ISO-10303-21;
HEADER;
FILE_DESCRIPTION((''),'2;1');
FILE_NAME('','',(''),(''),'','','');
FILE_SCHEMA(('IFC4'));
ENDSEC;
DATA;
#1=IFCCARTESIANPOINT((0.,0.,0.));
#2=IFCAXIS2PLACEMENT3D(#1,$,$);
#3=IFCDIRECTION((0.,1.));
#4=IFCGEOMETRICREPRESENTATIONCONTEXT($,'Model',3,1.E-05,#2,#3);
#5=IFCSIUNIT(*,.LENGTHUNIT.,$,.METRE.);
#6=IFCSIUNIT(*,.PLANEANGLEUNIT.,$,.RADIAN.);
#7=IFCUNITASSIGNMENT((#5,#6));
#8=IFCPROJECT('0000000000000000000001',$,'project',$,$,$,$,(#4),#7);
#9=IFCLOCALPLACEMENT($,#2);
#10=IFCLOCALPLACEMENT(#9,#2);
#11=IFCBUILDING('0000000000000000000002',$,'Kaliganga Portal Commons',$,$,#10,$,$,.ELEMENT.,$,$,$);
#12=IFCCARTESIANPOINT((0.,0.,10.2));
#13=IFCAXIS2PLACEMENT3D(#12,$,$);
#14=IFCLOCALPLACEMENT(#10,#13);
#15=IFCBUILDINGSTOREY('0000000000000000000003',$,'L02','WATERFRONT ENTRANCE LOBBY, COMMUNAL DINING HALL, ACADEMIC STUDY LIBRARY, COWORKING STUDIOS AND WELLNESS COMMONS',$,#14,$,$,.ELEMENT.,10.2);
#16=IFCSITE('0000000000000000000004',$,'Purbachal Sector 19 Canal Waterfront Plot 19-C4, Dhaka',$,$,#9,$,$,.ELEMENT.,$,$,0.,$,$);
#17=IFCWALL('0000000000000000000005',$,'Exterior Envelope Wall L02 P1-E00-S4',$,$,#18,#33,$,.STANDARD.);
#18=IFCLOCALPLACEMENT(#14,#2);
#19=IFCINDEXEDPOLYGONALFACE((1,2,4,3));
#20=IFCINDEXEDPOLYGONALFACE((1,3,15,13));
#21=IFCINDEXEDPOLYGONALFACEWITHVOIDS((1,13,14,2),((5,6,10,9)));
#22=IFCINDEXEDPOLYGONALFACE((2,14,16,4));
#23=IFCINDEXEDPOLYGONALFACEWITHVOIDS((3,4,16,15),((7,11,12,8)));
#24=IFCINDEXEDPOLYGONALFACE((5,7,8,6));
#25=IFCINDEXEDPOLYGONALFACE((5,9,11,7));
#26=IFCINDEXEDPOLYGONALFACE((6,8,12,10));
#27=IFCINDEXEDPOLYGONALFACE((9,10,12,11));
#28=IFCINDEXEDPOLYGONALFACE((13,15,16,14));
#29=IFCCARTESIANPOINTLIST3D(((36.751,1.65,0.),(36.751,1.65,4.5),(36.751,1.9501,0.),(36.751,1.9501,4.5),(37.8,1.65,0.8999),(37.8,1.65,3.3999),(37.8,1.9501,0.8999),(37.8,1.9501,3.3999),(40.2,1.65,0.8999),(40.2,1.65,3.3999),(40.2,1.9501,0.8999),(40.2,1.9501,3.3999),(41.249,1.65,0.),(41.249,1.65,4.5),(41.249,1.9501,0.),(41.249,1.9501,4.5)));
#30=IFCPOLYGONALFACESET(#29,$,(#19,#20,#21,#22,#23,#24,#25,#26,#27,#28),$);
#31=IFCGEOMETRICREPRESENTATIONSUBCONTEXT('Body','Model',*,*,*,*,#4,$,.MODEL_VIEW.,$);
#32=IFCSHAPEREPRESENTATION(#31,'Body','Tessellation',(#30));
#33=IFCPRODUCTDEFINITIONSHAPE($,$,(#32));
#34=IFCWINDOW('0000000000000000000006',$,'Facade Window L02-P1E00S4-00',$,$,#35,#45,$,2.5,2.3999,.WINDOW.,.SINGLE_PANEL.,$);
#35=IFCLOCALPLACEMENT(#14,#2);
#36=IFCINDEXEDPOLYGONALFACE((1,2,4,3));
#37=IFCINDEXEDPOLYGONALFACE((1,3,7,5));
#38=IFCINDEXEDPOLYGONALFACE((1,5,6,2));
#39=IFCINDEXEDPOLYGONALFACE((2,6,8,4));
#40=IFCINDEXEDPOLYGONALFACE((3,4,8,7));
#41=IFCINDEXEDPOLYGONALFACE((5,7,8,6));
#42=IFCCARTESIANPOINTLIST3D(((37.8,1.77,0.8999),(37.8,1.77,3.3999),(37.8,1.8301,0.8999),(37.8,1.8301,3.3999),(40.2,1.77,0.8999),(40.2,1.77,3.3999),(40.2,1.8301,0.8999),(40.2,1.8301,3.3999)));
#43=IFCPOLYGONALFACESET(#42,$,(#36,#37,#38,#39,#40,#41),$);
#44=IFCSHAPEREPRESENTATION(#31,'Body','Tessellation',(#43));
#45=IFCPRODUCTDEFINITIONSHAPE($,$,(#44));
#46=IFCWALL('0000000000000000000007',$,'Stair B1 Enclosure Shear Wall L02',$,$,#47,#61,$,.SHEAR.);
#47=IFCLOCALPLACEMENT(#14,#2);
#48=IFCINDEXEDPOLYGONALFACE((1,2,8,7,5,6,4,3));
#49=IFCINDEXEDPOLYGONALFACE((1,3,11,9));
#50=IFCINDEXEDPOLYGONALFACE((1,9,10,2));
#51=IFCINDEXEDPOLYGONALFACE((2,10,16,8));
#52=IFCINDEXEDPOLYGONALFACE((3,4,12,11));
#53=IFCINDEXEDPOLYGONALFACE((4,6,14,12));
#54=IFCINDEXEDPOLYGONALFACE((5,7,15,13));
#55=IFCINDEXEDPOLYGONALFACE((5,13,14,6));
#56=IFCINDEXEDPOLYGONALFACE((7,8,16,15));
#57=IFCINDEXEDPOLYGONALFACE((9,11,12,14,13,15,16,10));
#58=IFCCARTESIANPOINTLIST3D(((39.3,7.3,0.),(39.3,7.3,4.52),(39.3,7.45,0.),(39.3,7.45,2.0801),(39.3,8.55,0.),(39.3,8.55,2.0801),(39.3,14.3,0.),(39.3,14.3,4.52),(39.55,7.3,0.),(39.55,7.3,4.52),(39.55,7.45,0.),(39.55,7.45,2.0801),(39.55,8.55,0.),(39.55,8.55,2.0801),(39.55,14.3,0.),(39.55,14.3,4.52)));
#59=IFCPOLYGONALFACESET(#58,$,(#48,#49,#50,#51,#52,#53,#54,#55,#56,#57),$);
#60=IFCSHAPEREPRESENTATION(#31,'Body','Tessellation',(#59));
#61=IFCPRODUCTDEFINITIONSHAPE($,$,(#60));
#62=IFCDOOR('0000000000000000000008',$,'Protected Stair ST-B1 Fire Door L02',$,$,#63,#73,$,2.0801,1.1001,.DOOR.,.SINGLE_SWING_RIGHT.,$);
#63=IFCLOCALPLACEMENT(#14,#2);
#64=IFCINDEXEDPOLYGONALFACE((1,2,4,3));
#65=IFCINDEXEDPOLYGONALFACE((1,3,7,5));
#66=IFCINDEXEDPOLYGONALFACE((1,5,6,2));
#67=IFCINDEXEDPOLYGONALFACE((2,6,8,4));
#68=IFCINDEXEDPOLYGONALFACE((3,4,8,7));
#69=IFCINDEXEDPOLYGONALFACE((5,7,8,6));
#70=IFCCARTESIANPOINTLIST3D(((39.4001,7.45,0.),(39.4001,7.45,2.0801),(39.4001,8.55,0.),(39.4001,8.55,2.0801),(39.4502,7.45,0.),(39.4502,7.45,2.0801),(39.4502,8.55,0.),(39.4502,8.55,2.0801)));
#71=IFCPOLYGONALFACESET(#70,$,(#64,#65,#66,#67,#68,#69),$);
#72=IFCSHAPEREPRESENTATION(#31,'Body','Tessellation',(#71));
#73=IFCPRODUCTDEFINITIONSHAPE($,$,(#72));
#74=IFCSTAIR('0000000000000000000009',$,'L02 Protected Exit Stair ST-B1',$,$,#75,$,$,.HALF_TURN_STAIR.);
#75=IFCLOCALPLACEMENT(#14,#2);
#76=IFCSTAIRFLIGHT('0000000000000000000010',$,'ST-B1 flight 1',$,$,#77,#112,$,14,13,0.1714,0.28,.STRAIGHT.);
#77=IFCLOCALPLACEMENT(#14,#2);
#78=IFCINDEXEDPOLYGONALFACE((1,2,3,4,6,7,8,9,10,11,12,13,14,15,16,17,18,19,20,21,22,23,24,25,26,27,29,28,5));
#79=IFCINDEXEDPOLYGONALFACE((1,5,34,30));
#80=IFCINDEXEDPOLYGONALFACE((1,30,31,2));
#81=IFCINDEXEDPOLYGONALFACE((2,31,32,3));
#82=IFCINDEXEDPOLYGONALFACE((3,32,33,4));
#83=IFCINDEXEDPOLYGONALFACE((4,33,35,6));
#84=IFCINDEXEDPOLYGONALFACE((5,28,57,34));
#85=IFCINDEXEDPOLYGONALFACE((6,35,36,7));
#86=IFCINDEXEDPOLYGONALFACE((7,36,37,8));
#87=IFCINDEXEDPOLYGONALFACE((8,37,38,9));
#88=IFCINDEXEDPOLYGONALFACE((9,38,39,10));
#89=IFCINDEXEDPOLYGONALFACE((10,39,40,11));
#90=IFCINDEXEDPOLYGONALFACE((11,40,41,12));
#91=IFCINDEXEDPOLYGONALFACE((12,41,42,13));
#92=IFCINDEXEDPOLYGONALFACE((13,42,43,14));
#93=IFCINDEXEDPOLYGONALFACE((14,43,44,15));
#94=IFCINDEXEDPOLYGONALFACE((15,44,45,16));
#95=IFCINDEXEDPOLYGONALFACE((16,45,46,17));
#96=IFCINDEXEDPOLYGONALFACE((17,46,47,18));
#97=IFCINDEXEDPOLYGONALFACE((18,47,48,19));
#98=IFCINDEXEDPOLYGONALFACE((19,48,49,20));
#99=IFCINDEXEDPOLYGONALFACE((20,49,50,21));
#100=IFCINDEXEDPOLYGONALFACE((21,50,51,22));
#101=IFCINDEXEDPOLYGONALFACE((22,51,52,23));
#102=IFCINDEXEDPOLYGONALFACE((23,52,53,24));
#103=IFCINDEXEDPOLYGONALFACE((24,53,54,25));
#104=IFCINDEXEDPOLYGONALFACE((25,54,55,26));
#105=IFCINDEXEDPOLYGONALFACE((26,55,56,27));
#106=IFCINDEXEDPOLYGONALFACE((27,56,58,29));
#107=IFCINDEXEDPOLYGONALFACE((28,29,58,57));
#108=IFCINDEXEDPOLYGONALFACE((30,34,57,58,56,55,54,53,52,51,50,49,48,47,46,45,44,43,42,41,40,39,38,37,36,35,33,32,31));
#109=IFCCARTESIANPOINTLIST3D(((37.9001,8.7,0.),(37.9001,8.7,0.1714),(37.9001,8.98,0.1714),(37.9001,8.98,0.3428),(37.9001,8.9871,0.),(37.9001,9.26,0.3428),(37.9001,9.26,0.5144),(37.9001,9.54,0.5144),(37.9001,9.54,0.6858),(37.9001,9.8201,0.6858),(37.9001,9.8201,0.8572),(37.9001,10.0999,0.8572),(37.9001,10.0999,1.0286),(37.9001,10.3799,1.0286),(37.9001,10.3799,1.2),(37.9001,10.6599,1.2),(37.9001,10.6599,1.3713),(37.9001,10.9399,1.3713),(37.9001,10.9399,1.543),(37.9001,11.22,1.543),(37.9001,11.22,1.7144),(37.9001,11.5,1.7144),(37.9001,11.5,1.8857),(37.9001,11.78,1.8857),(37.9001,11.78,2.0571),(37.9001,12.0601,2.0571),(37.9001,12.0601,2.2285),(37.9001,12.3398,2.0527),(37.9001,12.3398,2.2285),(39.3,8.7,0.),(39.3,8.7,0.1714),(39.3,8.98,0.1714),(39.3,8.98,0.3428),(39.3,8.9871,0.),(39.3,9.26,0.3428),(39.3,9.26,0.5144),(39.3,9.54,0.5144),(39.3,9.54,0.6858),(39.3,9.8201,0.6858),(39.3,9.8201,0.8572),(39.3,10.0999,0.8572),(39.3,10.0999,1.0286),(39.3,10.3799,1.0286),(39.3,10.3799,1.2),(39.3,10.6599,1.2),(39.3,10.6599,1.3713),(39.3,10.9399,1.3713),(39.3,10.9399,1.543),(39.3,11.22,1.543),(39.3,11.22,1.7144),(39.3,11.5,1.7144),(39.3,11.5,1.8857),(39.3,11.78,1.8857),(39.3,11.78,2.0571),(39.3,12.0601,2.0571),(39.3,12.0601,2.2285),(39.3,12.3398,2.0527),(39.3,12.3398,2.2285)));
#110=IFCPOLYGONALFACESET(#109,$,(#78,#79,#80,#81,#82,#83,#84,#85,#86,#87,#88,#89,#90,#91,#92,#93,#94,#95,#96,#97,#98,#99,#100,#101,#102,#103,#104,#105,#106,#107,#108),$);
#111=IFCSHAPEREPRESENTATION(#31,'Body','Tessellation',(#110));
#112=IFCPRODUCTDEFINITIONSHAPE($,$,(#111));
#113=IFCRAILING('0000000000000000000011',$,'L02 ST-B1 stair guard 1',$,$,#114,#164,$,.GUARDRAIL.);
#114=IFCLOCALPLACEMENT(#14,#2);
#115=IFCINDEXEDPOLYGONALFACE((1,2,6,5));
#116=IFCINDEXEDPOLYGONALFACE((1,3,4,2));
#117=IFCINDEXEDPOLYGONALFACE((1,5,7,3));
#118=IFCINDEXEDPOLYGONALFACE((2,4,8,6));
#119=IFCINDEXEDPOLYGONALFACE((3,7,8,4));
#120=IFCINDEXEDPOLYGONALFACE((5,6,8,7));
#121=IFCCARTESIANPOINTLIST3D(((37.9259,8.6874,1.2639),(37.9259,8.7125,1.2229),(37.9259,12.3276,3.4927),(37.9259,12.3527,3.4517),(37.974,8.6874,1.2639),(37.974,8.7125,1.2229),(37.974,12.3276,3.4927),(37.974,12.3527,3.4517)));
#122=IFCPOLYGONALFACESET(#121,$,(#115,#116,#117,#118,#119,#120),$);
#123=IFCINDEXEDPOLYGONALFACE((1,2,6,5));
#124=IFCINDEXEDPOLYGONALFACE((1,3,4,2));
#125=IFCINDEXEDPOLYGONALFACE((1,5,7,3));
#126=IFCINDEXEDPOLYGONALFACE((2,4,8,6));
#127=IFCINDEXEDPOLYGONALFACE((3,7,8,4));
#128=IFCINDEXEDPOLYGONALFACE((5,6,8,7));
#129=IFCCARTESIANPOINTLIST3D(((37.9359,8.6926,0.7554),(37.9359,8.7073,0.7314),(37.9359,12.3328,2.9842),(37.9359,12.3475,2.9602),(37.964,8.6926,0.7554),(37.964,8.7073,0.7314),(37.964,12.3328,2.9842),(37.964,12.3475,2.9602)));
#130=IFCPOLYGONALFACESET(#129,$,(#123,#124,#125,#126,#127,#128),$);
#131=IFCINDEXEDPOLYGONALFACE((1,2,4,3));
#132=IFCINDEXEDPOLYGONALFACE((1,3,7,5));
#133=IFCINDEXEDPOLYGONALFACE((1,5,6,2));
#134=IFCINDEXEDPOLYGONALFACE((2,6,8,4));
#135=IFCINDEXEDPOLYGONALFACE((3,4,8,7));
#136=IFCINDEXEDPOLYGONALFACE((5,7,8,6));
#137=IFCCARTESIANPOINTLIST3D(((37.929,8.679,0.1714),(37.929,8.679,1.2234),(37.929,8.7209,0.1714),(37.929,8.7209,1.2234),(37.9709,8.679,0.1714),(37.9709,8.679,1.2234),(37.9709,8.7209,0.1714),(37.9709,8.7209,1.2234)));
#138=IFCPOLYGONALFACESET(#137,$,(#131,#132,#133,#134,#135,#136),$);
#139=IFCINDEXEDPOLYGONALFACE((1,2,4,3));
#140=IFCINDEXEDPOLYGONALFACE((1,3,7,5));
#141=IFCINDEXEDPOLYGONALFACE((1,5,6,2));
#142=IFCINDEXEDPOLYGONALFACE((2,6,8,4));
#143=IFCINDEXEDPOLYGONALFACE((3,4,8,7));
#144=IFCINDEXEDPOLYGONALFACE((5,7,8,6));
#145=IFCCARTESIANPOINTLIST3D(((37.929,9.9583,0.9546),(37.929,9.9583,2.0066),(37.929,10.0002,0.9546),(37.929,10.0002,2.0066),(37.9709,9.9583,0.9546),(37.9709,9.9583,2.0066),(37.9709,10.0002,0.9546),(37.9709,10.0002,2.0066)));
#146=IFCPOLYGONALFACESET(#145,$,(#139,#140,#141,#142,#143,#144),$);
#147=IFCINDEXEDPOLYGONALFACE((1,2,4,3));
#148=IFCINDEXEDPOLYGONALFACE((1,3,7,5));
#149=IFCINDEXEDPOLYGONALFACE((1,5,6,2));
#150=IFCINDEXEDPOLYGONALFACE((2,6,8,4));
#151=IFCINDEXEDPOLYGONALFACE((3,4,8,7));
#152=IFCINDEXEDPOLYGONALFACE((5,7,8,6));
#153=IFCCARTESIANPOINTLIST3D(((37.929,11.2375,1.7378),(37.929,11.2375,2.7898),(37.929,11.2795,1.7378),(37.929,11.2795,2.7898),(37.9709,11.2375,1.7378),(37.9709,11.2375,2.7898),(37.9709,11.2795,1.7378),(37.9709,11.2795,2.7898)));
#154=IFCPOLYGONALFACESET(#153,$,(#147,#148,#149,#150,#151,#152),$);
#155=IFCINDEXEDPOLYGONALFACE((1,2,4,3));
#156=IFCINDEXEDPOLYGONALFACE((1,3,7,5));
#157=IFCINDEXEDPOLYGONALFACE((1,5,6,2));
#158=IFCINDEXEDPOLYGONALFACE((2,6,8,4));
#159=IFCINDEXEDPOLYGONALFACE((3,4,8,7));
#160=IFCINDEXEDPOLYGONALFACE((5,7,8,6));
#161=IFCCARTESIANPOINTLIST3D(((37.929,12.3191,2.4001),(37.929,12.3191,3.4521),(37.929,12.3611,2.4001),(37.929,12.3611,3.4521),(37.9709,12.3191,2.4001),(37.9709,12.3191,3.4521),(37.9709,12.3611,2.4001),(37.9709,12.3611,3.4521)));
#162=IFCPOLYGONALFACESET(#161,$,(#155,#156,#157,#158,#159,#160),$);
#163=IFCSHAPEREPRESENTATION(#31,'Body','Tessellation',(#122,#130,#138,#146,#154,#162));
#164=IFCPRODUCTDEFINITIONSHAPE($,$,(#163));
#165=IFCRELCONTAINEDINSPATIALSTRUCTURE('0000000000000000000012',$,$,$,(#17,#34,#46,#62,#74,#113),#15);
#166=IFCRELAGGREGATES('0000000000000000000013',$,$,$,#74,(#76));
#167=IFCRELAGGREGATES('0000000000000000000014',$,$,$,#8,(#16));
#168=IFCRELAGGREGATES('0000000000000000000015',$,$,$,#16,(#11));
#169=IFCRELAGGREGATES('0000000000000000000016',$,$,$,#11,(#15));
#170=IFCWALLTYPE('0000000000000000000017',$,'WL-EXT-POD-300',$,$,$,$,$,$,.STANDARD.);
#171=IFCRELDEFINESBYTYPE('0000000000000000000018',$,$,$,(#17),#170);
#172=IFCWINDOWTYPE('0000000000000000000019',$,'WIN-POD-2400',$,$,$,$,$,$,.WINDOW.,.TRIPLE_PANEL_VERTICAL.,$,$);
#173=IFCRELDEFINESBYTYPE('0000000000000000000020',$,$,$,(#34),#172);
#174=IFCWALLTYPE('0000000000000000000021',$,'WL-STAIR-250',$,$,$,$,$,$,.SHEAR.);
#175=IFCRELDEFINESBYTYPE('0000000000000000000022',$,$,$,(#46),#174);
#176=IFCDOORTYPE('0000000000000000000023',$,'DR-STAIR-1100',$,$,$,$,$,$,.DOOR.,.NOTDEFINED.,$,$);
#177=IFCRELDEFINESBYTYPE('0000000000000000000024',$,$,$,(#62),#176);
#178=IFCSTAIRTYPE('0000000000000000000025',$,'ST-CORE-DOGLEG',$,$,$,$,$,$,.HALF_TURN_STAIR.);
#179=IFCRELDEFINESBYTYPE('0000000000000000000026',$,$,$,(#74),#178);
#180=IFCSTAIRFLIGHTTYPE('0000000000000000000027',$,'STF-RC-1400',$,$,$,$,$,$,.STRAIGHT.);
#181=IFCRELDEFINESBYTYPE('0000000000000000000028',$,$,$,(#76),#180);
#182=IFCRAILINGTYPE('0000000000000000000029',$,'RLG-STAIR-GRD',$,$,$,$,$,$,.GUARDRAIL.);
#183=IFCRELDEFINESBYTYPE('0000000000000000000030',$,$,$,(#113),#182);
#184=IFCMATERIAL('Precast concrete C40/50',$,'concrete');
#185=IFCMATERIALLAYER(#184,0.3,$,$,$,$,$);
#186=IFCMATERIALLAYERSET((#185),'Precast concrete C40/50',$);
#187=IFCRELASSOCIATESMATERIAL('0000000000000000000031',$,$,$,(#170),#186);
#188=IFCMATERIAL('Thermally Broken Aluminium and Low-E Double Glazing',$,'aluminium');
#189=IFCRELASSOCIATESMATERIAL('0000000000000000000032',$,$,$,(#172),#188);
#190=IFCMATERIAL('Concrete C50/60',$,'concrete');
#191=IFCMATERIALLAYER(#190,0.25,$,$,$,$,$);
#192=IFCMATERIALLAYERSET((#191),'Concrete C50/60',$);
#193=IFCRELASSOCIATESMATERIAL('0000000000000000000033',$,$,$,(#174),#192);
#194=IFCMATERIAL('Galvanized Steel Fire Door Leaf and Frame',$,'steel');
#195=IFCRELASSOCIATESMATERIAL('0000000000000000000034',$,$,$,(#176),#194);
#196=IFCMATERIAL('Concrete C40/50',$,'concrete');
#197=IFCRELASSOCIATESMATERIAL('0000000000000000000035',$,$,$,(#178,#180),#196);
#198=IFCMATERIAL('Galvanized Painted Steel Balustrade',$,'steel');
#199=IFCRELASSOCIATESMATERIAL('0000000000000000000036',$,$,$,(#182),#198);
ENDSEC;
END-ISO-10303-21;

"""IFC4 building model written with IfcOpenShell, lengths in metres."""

from ifc_helpers import new_model, si_unit, direction, frame, frame_2d, origin, origin_2d, place, context, subcontext, project, spatial, polyline, rectangle, outline, extrude, material, layer, layer_set, type_object, element, fill, aggregate, save


model = new_model("IFC4")

# Units and contexts
model_context = context("Model", 3, precision=1e-05, world=origin(), true_north=direction((0.0, 1.0)))
body_context = subcontext(model_context, "Body", "Model", "MODEL_VIEW")
ifc_project = project(units=[si_unit("LENGTHUNIT", "METRE"), si_unit("PLANEANGLEUNIT", "RADIAN")], contexts=[model_context])

# Site, building, storey
site_placement = place(None, origin())
site = spatial("IfcSite", under=ifc_project, at=site_placement, Name="Purbachal Sector 19 Canal Waterfront Plot 19-C4, Dhaka", CompositionType="ELEMENT", RefElevation=0.0)
building_placement = place(site_placement, origin())
building = spatial("IfcBuilding", under=site, at=building_placement, Name="Kaliganga Portal Commons", CompositionType="ELEMENT")
storey_placement = place(building_placement, frame((0.0, 0.0, 10.2)))
storey = spatial("IfcBuildingStorey", under=building, at=storey_placement, Name="L02", Description="WATERFRONT ENTRANCE LOBBY, COMMUNAL DINING HALL, ACADEMIC STUDY LIBRARY, COWORKING STUDIOS AND WELLNESS COMMONS", CompositionType="ELEMENT", Elevation=10.2)

# Wall, opening, window
ifc_material_1 = material(Name="Precast concrete C40/50", Category="concrete")
ifc_layer_1 = layer(ifc_material_1, 0.3)
ifc_layer_set_1 = layer_set([ifc_layer_1], Name="Precast concrete C40/50")
wall_type_1 = type_object("IfcWallType", Name="WL-EXT-POD-300", PredefinedType="STANDARD", material=ifc_layer_set_1)
wall_1_placement = place(storey_placement, frame((41.249, 1.8, 0.0), z_axis=(0.0, 0.0, 1.0), x_axis=(-1.0, 0.0, 0.0)))
wall_1 = element("IfcWall", 1, at=wall_1_placement, inside=storey, type_object=wall_type_1, Name="Exterior Envelope Wall L02 P1-E00-S4", PredefinedType="STANDARD", context=body_context, shape_type="SweptSolid", body=[
    extrude(rectangle(XDim=4.498, YDim=0.3, at=frame_2d((2.249, 0.0))), origin(), (0.0, 0.0, 1.0), 4.5),
])
opening_1_placement = place(wall_1_placement, frame((1.0491, 0.0, 0.8999)))
opening_1 = element("IfcOpeningElement", 2, at=opening_1_placement, cuts=wall_1, PredefinedType="OPENING", context=body_context, shape_type="SweptSolid", body=[
    extrude(rectangle(XDim=2.3999, YDim=2.5, at=frame_2d((1.2, 1.25))), frame((0.0, 0.1602, 0.0), z_axis=(0.0, -1.0, 0.0), x_axis=(1.0, 0.0, 0.0)), (0.0, 0.0, 1.0), 0.3201),
])
ifc_material_2 = material(Name="Thermally Broken Aluminium and Low-E Double Glazing", Category="aluminium")
window_type = type_object("IfcWindowType", Name="WIN-POD-2400", PartitioningType="TRIPLE_PANEL_VERTICAL", PredefinedType="WINDOW", material=ifc_material_2)
window_placement = place(opening_1_placement, origin())
window = element("IfcWindow", 3, at=window_placement, inside=storey, type_object=window_type, Name="Facade Window L02-P1E00S4-00", OverallHeight=2.5, OverallWidth=2.3999, PartitioningType="SINGLE_PANEL", PredefinedType="WINDOW", context=body_context, shape_type="SweptSolid", body=[
    extrude(rectangle(XDim=2.3999, YDim=2.5, at=frame_2d((1.2, 1.25))), frame((0.0, 0.03, 0.0), z_axis=(0.0, -1.0, 0.0), x_axis=(1.0, 0.0, 0.0)), (0.0, 0.0, 1.0), 0.0601),
])
fill(opening_1, window)

# Wall, opening, door
ifc_material_3 = material(Name="Concrete C50/60", Category="concrete")
ifc_layer_2 = layer(ifc_material_3, 0.25)
ifc_layer_set_2 = layer_set([ifc_layer_2], Name="Concrete C50/60")
wall_type_2 = type_object("IfcWallType", Name="WL-STAIR-250", PredefinedType="SHEAR", material=ifc_layer_set_2)
wall_2_placement = place(storey_placement, frame((39.425, 7.3, 0.0), z_axis=(0.0, 0.0, 1.0), x_axis=(0.0, 1.0, 0.0)))
wall_2 = element("IfcWall", 4, at=wall_2_placement, inside=storey, type_object=wall_type_2, Name="Stair B1 Enclosure Shear Wall L02", PredefinedType="SHEAR", context=body_context, shape_type="SweptSolid", body=[
    extrude(rectangle(XDim=7.0, YDim=0.25, at=frame_2d((3.5, 0.0))), origin(), (0.0, 0.0, 1.0), 4.52),
])
opening_2_placement = place(wall_2_placement, frame((0.1499, 0.0, 0.0)))
opening_2 = element("IfcOpeningElement", 5, at=opening_2_placement, cuts=wall_2, PredefinedType="OPENING", context=body_context, shape_type="SweptSolid", body=[
    extrude(rectangle(XDim=1.1001, YDim=2.0801, at=frame_2d((0.55, 1.04))), frame((0.0, 0.135, 0.0), z_axis=(0.0, -1.0, 0.0), x_axis=(1.0, 0.0, 0.0)), (0.0, 0.0, 1.0), 0.27),
])
ifc_material_4 = material(Name="Galvanized Steel Fire Door Leaf and Frame", Category="steel")
door_type_1 = type_object("IfcDoorType", Name="DR-STAIR-1100", OperationType="NOTDEFINED", PredefinedType="DOOR", material=ifc_material_4)
door_1_placement = place(opening_2_placement, origin())
door_1 = element("IfcDoor", 6, at=door_1_placement, inside=storey, type_object=door_type_1, Name="Protected Stair ST-B1 Fire Door L02", OperationType="SINGLE_SWING_RIGHT", OverallHeight=2.0801, OverallWidth=1.1001, PredefinedType="DOOR", context=body_context, shape_type="SweptSolid", body=[
    extrude(rectangle(XDim=1.1001, YDim=2.0801, at=frame_2d((0.55, 1.04))), frame((0.0, 0.0249, 0.0), z_axis=(0.0, -1.0, 0.0), x_axis=(1.0, 0.0, 0.0)), (0.0, 0.0, 1.0), 0.05),
])
fill(opening_2, door_1)

# Stair, stair flight
ifc_material_5 = material(Name="Concrete C40/50", Category="concrete")
stair_type = type_object("IfcStairType", Name="ST-CORE-DOGLEG", PredefinedType="HALF_TURN_STAIR", material=ifc_material_5)
stair_placement = place(storey_placement, origin())
stair = element("IfcStair", 7, at=stair_placement, inside=storey, type_object=stair_type, Name="L02 Protected Exit Stair ST-B1", PredefinedType="HALF_TURN_STAIR")
stair_flight_type = type_object("IfcStairFlightType", Name="STF-RC-1400", PredefinedType="STRAIGHT", material=ifc_material_5)
stair_flight_placement = place(storey_placement, frame((38.6001, 8.7, 0.0), z_axis=(0.0, 0.0, 1.0), x_axis=(0.0, 1.0, 0.0)))
stair_flight = element("IfcStairFlight", 8, at=stair_flight_placement, type_object=stair_flight_type, Name="ST-B1 flight 1", NumberOfRisers=14, NumberOfTreads=13, PredefinedType="STRAIGHT", RiserHeight=0.1714, TreadLength=0.28, context=body_context, shape_type="SweptSolid", body=[
    extrude(outline(polyline([(0.0, 0.0), (0.0, 0.1714), (0.28, 0.1714), (0.28, 0.3428), (0.5601, 0.3428), (0.5601, 0.5144), (0.8401, 0.5144), (0.8401, 0.6858), (1.1201, 0.6858), (1.1201, 0.8572), (1.3999, 0.8572), (1.3999, 1.0286), (1.6799, 1.0286), (1.6799, 1.2), (1.96, 1.2), (1.96, 1.3713), (2.24, 1.3713), (2.24, 1.543), (2.52, 1.543), (2.52, 1.7144), (2.8, 1.7144), (2.8, 1.8857), (3.0801, 1.8857), (3.0801, 2.0571), (3.3601, 2.0571), (3.3601, 2.2285), (3.6399, 2.2285), (3.6399, 2.3999), (3.6399, 2.0527), (0.2871, 0.0), (0.0, 0.0)])), frame((0.0, 0.7, 0.0), z_axis=(0.0, -1.0, 0.0), x_axis=(1.0, 0.0, 0.0)), (0.0, 0.0, 1.0), 1.3999),
])
aggregate(stair, [stair_flight])

# Railing
ifc_material_6 = material(Name="Galvanized Painted Steel Balustrade", Category="steel")
railing_type_1 = type_object("IfcRailingType", Name="RLG-STAIR-GRD", PredefinedType="GUARDRAIL", material=ifc_material_6)
railing_1_placement = place(storey_placement, frame((37.95, 8.7, 0.1714)))
element("IfcRailing", 9, at=railing_1_placement, inside=storey, type_object=railing_type_1, Name="L02 ST-B1 stair guard 1", PredefinedType="GUARDRAIL", context=body_context, shape_type="SweptSolid", body=[
    extrude(rectangle(XDim=0.0481, YDim=0.0481, at=origin_2d()), frame((0.0, 0.0, 1.072), z_axis=(0.0, 0.85284, 0.522172), x_axis=(-1.0, 0.0, 0.0)), (0.0, 0.0, 1.0), 4.2683),
    extrude(rectangle(XDim=0.0281, YDim=0.0281, at=origin_2d()), frame((0.0, 0.0, 0.572), z_axis=(0.0, 0.85284, 0.522172), x_axis=(-1.0, 0.0, 0.0)), (0.0, 0.0, 1.0), 4.2683),
    extrude(rectangle(XDim=0.042, YDim=0.042, at=origin_2d()), origin(), (0.0, 0.0, 1.0), 1.052),
    extrude(rectangle(XDim=0.042, YDim=0.042, at=origin_2d()), frame((0.0, 1.2793, 0.7832)), (0.0, 0.0, 1.0), 1.052),
    extrude(rectangle(XDim=0.042, YDim=0.042, at=origin_2d()), frame((0.0, 2.5586, 1.5664)), (0.0, 0.0, 1.0), 1.052),
    extrude(rectangle(XDim=0.042, YDim=0.042, at=origin_2d()), frame((0.0, 3.6401, 2.2288)), (0.0, 0.0, 1.0), 1.052),
])

save(model, "model.ifc")
